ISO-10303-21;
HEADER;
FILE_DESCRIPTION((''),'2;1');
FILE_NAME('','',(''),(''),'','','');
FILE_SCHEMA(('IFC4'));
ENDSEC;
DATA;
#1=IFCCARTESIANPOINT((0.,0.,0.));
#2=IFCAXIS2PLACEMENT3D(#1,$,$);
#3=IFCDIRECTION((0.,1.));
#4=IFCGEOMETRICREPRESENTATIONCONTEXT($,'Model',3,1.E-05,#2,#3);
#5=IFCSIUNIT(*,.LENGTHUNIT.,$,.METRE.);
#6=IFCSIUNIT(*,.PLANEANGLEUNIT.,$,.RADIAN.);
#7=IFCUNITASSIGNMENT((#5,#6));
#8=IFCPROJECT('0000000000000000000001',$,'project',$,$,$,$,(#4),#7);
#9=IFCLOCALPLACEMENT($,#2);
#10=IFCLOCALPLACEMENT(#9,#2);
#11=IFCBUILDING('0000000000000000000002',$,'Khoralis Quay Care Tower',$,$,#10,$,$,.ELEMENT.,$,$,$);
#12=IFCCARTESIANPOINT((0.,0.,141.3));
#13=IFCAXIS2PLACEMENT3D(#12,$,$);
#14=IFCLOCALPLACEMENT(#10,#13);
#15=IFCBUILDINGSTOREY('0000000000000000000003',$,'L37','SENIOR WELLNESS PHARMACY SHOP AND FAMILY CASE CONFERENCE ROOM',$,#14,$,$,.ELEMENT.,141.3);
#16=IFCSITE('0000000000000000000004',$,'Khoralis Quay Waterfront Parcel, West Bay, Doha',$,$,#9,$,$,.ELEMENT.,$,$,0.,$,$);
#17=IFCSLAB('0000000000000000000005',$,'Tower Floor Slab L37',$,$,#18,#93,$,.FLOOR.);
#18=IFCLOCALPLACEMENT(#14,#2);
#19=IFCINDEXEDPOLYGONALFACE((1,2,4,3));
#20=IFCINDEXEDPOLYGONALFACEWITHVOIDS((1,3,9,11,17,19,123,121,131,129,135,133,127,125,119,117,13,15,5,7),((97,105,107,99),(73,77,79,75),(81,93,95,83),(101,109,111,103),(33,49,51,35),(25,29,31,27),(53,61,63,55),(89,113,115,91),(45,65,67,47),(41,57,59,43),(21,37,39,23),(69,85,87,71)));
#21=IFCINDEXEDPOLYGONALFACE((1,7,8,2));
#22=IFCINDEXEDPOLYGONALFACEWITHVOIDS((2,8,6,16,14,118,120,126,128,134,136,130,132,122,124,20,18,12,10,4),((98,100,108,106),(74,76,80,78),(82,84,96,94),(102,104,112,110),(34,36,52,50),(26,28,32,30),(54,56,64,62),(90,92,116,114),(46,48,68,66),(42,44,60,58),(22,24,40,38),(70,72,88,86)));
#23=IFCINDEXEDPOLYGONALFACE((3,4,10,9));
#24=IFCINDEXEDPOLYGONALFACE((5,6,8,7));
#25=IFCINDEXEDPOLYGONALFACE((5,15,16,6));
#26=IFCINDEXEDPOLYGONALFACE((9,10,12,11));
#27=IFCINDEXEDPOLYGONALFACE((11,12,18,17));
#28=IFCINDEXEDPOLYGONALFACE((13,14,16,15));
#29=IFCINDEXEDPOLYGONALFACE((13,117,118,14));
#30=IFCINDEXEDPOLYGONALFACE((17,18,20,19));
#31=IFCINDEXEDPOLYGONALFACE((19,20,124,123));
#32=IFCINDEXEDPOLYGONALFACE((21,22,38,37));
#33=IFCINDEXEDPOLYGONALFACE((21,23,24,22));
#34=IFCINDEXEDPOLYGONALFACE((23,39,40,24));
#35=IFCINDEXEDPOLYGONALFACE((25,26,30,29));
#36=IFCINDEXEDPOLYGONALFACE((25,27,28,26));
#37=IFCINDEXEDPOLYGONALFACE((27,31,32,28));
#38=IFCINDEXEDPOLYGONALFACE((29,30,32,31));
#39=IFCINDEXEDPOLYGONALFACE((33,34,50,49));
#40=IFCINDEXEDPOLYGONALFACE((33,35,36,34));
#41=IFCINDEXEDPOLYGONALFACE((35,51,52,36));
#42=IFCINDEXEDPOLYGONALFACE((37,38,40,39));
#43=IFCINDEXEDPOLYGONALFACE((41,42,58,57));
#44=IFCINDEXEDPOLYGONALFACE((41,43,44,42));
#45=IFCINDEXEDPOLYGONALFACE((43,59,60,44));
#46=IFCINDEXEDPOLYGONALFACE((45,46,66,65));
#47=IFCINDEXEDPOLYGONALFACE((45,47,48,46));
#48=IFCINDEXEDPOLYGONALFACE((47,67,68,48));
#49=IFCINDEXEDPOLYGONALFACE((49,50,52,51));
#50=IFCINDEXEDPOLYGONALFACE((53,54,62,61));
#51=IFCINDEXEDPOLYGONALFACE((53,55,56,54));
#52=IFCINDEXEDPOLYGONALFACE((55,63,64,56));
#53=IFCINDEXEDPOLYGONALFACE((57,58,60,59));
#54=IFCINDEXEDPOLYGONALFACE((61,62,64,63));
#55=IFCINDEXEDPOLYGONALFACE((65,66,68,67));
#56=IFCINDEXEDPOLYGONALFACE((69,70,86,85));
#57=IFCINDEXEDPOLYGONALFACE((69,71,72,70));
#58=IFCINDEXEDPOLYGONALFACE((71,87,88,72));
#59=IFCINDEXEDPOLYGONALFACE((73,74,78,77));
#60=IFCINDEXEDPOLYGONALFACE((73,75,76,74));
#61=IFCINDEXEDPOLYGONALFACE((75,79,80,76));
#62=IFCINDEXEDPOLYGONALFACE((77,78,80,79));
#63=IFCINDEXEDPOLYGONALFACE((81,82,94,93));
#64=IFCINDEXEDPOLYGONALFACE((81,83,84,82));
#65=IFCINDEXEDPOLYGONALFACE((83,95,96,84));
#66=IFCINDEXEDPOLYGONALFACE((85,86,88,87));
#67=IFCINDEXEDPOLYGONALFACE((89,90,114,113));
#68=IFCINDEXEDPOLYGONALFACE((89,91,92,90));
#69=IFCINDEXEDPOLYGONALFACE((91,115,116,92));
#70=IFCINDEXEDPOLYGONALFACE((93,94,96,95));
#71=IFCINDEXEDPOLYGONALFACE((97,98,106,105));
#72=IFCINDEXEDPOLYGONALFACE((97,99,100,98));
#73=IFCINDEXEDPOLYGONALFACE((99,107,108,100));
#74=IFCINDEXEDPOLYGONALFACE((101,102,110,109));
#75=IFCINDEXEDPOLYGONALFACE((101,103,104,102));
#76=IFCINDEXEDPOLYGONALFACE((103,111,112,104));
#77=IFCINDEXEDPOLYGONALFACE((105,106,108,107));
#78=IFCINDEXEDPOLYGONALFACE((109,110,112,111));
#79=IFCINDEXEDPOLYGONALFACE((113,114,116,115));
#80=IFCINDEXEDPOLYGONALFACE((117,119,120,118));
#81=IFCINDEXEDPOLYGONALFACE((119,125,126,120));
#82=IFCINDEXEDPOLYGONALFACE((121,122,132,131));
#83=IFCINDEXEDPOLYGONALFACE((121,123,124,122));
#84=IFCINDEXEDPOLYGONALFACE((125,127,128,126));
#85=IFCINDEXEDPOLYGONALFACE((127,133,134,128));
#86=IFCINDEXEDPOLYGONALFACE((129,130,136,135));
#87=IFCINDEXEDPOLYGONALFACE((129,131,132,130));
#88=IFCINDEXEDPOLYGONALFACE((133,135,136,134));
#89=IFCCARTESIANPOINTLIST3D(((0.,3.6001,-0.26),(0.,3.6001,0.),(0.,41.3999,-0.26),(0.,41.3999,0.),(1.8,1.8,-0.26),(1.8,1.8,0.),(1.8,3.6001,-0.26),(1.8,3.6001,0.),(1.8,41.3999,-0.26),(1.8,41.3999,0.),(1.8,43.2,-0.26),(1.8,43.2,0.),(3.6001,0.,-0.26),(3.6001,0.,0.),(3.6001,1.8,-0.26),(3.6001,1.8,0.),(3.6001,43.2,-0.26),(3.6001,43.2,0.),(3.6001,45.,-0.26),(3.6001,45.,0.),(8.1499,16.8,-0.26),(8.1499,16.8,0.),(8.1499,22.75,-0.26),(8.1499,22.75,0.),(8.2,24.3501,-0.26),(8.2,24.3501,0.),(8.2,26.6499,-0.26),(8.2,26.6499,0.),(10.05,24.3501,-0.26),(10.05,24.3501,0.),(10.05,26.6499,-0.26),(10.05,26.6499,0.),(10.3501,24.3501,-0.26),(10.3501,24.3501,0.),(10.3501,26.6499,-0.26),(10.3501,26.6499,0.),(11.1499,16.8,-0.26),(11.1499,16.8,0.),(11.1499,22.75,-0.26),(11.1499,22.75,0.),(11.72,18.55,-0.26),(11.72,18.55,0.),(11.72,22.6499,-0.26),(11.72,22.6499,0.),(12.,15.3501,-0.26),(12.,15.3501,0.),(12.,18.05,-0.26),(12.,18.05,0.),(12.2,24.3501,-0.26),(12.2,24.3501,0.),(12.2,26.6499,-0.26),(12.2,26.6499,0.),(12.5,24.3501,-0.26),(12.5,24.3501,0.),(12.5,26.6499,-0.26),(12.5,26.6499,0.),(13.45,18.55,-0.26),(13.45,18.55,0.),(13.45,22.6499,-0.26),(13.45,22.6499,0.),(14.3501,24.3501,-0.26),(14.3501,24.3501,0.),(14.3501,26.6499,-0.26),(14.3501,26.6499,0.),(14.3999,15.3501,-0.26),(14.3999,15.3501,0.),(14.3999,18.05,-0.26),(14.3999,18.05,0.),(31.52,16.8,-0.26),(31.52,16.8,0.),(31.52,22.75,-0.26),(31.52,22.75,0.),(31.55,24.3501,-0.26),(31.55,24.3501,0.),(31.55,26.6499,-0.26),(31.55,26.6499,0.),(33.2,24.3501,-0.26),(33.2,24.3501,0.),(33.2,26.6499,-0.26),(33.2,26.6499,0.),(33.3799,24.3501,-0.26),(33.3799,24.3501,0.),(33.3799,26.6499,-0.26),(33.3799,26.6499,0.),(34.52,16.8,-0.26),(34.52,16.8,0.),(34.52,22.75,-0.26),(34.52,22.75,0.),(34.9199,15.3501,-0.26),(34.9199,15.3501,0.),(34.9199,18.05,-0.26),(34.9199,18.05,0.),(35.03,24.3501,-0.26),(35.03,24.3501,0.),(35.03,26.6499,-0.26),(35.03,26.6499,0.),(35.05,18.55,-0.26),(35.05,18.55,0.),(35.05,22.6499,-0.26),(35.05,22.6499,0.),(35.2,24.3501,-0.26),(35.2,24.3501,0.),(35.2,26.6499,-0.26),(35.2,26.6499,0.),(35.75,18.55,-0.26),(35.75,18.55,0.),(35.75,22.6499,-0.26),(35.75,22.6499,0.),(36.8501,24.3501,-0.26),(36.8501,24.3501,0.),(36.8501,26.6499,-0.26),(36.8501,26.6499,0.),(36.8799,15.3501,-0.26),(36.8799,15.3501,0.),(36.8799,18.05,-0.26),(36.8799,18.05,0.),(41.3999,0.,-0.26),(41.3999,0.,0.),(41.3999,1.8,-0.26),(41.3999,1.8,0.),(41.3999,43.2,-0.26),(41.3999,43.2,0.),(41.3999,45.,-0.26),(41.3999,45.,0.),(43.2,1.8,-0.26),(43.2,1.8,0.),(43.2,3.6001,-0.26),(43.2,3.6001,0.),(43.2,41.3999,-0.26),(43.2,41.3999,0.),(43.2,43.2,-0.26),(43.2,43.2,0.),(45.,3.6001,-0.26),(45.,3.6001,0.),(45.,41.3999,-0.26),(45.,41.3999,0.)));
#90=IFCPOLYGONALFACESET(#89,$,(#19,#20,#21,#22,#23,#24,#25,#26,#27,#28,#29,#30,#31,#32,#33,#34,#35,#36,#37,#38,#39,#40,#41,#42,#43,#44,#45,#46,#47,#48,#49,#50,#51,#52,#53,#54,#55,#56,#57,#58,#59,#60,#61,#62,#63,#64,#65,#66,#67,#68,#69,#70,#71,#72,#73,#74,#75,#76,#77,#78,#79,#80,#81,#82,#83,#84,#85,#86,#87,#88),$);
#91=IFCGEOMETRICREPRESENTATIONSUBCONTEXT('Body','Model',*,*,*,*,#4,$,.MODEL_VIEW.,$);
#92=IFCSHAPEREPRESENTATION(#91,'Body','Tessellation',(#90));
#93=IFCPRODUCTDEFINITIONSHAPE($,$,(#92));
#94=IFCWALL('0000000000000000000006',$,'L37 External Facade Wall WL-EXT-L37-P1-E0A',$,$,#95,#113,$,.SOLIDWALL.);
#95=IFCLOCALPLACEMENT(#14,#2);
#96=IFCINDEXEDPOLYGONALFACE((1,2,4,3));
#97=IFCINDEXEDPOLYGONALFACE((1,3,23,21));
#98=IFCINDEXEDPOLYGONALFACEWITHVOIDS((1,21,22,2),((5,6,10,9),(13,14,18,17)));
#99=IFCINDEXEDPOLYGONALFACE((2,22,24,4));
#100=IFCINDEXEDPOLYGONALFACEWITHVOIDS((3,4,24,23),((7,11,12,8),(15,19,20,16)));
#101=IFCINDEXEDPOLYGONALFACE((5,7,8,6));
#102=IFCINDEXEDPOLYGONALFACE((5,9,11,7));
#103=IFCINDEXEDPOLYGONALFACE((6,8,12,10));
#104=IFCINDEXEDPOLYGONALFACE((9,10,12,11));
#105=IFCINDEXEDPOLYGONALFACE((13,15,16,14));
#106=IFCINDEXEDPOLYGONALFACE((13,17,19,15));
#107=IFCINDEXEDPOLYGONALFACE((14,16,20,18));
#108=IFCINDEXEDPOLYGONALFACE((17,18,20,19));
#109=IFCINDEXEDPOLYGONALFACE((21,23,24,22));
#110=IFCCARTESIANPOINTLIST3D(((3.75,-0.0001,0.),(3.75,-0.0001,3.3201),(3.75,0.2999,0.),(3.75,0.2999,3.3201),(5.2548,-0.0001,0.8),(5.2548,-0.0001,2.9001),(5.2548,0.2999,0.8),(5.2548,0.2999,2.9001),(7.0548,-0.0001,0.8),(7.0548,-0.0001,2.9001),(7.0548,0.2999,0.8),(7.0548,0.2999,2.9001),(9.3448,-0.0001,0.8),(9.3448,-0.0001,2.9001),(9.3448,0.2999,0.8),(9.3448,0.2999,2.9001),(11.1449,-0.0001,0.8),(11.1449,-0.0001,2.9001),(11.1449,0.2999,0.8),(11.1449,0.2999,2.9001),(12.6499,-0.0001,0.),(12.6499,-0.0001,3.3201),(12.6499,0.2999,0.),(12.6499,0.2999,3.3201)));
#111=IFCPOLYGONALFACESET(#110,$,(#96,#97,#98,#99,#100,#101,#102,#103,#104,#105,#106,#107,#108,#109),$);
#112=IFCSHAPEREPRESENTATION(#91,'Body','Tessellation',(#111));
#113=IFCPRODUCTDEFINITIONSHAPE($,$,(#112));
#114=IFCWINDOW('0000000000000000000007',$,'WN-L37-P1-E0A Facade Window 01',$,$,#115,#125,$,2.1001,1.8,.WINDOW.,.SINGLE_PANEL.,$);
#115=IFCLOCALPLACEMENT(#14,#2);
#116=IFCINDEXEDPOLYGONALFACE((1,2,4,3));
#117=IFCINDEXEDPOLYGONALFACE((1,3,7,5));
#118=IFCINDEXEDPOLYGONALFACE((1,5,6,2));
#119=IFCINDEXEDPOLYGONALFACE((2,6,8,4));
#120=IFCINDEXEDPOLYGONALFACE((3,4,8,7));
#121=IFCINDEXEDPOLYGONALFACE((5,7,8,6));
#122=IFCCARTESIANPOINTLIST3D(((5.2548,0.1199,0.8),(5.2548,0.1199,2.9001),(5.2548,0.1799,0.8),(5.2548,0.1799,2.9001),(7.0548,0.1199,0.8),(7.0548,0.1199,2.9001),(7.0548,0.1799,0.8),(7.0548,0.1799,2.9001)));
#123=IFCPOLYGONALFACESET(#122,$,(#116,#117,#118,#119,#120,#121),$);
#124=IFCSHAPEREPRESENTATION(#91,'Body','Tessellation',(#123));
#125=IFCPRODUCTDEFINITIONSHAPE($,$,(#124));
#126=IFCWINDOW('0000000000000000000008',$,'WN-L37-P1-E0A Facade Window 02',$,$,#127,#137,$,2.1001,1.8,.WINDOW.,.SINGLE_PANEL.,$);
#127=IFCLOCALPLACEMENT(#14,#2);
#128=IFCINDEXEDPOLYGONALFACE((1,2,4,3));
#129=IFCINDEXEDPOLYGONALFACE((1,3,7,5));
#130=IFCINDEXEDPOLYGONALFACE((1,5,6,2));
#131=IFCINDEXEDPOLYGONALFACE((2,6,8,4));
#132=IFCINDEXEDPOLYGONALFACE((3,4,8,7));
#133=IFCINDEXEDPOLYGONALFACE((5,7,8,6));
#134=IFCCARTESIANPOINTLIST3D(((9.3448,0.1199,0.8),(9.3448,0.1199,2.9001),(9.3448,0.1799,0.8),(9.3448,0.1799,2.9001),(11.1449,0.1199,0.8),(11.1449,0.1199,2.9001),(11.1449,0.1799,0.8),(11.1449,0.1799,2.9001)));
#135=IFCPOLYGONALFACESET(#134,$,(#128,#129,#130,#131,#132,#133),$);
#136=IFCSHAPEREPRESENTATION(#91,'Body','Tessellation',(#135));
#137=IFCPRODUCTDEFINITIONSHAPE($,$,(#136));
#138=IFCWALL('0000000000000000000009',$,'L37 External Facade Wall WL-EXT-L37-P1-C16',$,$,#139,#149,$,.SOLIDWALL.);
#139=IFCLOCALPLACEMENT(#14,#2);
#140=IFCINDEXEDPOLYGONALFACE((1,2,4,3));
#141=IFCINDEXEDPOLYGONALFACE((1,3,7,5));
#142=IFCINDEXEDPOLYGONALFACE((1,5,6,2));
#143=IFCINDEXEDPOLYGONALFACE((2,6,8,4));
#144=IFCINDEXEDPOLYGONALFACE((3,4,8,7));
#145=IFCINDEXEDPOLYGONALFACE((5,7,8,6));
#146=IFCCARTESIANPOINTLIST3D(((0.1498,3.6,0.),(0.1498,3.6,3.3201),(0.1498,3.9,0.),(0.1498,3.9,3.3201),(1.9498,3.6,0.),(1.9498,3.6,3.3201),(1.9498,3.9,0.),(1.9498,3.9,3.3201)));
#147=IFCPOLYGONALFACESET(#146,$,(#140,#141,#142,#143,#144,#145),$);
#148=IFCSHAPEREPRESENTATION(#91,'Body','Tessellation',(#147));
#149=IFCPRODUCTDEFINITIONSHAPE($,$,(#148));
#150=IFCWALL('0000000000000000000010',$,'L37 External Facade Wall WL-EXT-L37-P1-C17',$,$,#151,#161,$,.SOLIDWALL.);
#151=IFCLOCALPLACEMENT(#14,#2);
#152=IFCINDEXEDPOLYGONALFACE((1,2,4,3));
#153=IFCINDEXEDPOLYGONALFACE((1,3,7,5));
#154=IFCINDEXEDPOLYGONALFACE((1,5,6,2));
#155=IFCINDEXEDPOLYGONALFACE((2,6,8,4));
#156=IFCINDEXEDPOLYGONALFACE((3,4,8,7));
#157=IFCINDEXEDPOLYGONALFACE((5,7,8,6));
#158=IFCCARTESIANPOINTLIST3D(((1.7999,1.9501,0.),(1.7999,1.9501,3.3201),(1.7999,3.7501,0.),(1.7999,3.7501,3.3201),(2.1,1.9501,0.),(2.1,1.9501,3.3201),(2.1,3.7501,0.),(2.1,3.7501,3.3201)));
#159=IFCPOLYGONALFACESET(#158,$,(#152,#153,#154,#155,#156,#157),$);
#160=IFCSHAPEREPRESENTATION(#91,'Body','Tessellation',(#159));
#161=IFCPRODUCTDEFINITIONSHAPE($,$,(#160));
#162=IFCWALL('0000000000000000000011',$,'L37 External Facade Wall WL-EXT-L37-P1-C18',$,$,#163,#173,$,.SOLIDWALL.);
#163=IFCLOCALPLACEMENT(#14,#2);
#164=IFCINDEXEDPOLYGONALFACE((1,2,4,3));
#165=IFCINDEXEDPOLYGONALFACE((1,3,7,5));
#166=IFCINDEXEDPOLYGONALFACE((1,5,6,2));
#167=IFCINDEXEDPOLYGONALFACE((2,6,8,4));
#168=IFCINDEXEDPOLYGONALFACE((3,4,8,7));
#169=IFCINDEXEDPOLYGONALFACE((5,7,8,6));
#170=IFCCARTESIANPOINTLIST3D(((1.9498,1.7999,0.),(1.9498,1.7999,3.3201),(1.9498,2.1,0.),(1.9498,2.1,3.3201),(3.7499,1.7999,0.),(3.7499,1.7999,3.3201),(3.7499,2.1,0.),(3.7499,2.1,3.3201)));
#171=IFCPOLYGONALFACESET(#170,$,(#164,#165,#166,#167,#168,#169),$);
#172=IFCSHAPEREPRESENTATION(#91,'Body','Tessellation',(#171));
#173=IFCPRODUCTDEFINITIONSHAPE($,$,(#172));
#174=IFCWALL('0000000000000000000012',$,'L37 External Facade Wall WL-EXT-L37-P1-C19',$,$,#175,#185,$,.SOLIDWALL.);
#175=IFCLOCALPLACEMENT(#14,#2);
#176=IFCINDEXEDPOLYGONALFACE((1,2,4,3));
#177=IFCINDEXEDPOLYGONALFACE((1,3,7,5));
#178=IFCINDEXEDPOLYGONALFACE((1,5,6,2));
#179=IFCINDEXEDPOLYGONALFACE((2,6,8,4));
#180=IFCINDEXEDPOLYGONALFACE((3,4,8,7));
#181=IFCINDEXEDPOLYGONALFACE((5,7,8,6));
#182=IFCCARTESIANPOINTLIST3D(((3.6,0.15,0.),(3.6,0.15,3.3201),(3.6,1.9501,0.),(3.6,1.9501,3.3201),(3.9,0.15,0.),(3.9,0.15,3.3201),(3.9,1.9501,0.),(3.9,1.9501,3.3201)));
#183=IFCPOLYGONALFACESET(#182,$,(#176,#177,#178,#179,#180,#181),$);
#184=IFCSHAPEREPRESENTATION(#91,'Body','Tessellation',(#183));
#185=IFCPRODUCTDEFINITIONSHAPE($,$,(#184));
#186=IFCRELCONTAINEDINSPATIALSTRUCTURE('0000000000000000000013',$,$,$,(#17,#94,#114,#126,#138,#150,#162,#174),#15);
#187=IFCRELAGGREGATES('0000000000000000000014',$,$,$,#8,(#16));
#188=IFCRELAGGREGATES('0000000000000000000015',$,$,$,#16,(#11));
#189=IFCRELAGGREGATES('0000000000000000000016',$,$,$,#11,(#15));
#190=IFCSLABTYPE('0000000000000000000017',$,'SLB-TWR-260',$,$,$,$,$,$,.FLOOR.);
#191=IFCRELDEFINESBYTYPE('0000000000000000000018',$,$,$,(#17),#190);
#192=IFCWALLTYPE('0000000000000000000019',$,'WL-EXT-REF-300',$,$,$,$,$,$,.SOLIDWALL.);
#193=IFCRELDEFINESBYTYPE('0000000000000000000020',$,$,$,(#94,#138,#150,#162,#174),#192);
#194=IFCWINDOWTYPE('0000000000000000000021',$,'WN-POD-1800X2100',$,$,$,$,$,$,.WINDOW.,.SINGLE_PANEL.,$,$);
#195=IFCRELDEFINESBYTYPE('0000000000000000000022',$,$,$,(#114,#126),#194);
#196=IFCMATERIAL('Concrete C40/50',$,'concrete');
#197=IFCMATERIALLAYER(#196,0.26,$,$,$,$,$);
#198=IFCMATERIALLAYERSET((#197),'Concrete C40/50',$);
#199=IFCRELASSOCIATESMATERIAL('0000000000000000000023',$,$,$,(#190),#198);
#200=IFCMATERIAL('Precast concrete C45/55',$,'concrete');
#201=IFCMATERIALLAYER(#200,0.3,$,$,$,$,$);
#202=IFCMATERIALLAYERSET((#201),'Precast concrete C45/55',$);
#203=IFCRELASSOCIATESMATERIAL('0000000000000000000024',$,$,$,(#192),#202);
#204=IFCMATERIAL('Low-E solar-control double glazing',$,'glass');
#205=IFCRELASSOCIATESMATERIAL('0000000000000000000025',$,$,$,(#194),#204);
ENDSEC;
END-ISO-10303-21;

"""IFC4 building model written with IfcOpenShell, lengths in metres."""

from ifc_helpers import new_model, si_unit, direction, frame, frame_2d, origin, place, context, subcontext, project, spatial, polyline, rectangle, outline, extrude, source, transform, mapped, material, layer, layer_set, type_object, element, fill, save


model = new_model("IFC4")

# Units and contexts
model_context = context("Model", 3, precision=1e-05, world=origin(), true_north=direction((0.0, 1.0)))
body_context = subcontext(model_context, "Body", "Model", "MODEL_VIEW")
ifc_project = project(units=[si_unit("LENGTHUNIT", "METRE"), si_unit("PLANEANGLEUNIT", "RADIAN")], contexts=[model_context])

# Site, building, storey
site_placement = place(None, origin())
site = spatial("IfcSite", under=ifc_project, at=site_placement, Name="Khoralis Quay Waterfront Parcel, West Bay, Doha", CompositionType="ELEMENT", RefElevation=0.0)
building_placement = place(site_placement, origin())
building = spatial("IfcBuilding", under=site, at=building_placement, Name="Khoralis Quay Care Tower", CompositionType="ELEMENT")
storey_placement = place(building_placement, frame((0.0, 0.0, 141.3)))
storey = spatial("IfcBuildingStorey", under=building, at=storey_placement, Name="L37", Description="SENIOR WELLNESS PHARMACY SHOP AND FAMILY CASE CONFERENCE ROOM", CompositionType="ELEMENT", Elevation=141.3)

# Shared definitions
ifc_material_1 = material(Name="Precast concrete C45/55", Category="concrete")

# Slab
ifc_material_2 = material(Name="Concrete C40/50", Category="concrete")
ifc_layer_1 = layer(ifc_material_2, 0.26)
ifc_layer_set_1 = layer_set([ifc_layer_1], Name="Concrete C40/50")
slab_type_1 = type_object("IfcSlabType", Name="SLB-TWR-260", PredefinedType="FLOOR", material=ifc_layer_set_1)
slab_1_placement = place(storey_placement, frame((0.0, 0.0, -0.26)))
element("IfcSlab", 1, at=slab_1_placement, inside=storey, type_object=slab_type_1, Name="Tower Floor Slab L37", PredefinedType="FLOOR", context=body_context, shape_type="SweptSolid", body=[
    extrude(outline(polyline([(3.6001, 0.0), (41.3999, 0.0), (41.3999, 1.8), (43.2, 1.8), (43.2, 3.6001), (45.0, 3.6001), (45.0, 41.3999), (43.2, 41.3999), (43.2, 43.2), (41.3999, 43.2), (41.3999, 45.0), (3.6001, 45.0), (3.6001, 43.2), (1.8, 43.2), (1.8, 41.3999), (0.0, 41.3999), (0.0, 3.6001), (1.8, 3.6001), (1.8, 1.8), (3.6001, 1.8), (3.6001, 0.0)]), holes=[polyline([(11.1499, 16.8), (11.1499, 22.75), (8.1499, 22.75), (8.1499, 16.8), (11.1499, 16.8)]), polyline([(34.52, 16.8), (34.52, 22.75), (31.52, 22.75), (31.52, 16.8), (34.52, 16.8)]), polyline([(12.0, 15.3501), (14.3999, 15.3501), (14.3999, 18.05), (12.0, 18.05), (12.0, 15.3501)]), polyline([(34.9199, 15.3501), (36.8799, 15.3501), (36.8799, 18.05), (34.9199, 18.05), (34.9199, 15.3501)]), polyline([(8.2, 24.3501), (10.05, 24.3501), (10.05, 26.6499), (8.2, 26.6499), (8.2, 24.3501)]), polyline([(31.55, 24.3501), (33.2, 24.3501), (33.2, 26.6499), (31.55, 26.6499), (31.55, 24.3501)]), polyline([(10.3501, 24.3501), (12.2, 24.3501), (12.2, 26.6499), (10.3501, 26.6499), (10.3501, 24.3501)]), polyline([(33.3799, 24.3501), (35.03, 24.3501), (35.03, 26.6499), (33.3799, 26.6499), (33.3799, 24.3501)]), polyline([(12.5, 24.3501), (14.3501, 24.3501), (14.3501, 26.6499), (12.5, 26.6499), (12.5, 24.3501)]), polyline([(35.2, 24.3501), (36.8501, 24.3501), (36.8501, 26.6499), (35.2, 26.6499), (35.2, 24.3501)]), polyline([(11.72, 18.55), (13.45, 18.55), (13.45, 22.6499), (11.72, 22.6499), (11.72, 18.55)]), polyline([(35.05, 18.55), (35.75, 18.55), (35.75, 22.6499), (35.05, 22.6499), (35.05, 18.55)])]), origin(), (0.0, 0.0, 1.0), 0.26),
])

# Wall, openings, windows
ifc_layer_2 = layer(ifc_material_1, 0.3)
ifc_layer_set_2 = layer_set([ifc_layer_2], Name="Precast concrete C45/55")
wall_type_1 = type_object("IfcWallType", Name="WL-EXT-REF-300", PredefinedType="SOLIDWALL", material=ifc_layer_set_2)
wall_1_placement = place(storey_placement, frame((3.75, 0.1499, 0.0), z_axis=(0.0, 0.0, 1.0), x_axis=(1.0, 0.0, 0.0)))
wall_1 = element("IfcWall", 2, at=wall_1_placement, inside=storey, type_object=wall_type_1, Name="L37 External Facade Wall WL-EXT-L37-P1-E0A", PredefinedType="SOLIDWALL", context=body_context, shape_type="SweptSolid", body=[
    extrude(rectangle(XDim=8.8999, YDim=0.3, at=frame_2d((4.45, 0.0))), origin(), (0.0, 0.0, 1.0), 3.3201),
])
opening_1_placement = place(wall_1_placement, frame((1.5049, 0.0, 0.8)))
opening_1 = element("IfcOpeningElement", 3, at=opening_1_placement, cuts=wall_1, PredefinedType="OPENING", context=body_context, shape_type="SweptSolid", body=[
    extrude(rectangle(XDim=1.8, YDim=2.1001, at=frame_2d((0.8999, 1.05))), frame((0.0, 0.1602, 0.0), z_axis=(0.0, -1.0, 0.0), x_axis=(1.0, 0.0, 0.0)), (0.0, 0.0, 1.0), 0.3201),
])
opening_2_placement = place(wall_1_placement, frame((5.595, 0.0, 0.8)))
opening_2 = element("IfcOpeningElement", 4, at=opening_2_placement, cuts=wall_1, PredefinedType="OPENING", context=body_context, shape_type="SweptSolid", body=[
    extrude(rectangle(XDim=1.8, YDim=2.1001, at=frame_2d((0.8999, 1.05))), frame((0.0, 0.1602, 0.0), z_axis=(0.0, -1.0, 0.0), x_axis=(1.0, 0.0, 0.0)), (0.0, 0.0, 1.0), 0.3201),
])
ifc_material_3 = material(Name="Low-E solar-control double glazing", Category="glass")
window_type = type_object("IfcWindowType", Name="WN-POD-1800X2100", PartitioningType="SINGLE_PANEL", PredefinedType="WINDOW", material=ifc_material_3)
shared_shape_1 = source(origin(), body_context, "Body", "SweptSolid", [
    extrude(rectangle(XDim=1.8, YDim=2.1001, at=frame_2d((0.8999, 1.05))), frame((0.0, 0.03, 0.0), z_axis=(0.0, -1.0, 0.0), x_axis=(1.0, 0.0, 0.0)), (0.0, 0.0, 1.0), 0.0601),
])
window_1_placement = place(opening_1_placement, origin())
window_1 = element("IfcWindow", 5, at=window_1_placement, inside=storey, type_object=window_type, Name="WN-L37-P1-E0A Facade Window 01", OverallHeight=2.1001, OverallWidth=1.8, PartitioningType="SINGLE_PANEL", PredefinedType="WINDOW", context=body_context, shape_type="MappedRepresentation", body=[
    mapped(shared_shape_1, transform((0.0, 0.0, 0.0), scale=1.0)),
])
fill(opening_1, window_1)
window_2_placement = place(opening_2_placement, origin())
window_2 = element("IfcWindow", 6, at=window_2_placement, inside=storey, type_object=window_type, Name="WN-L37-P1-E0A Facade Window 02", OverallHeight=2.1001, OverallWidth=1.8, PartitioningType="SINGLE_PANEL", PredefinedType="WINDOW", context=body_context, shape_type="MappedRepresentation", body=[
    mapped(shared_shape_1, transform((0.0, 0.0, 0.0), scale=1.0)),
])
fill(opening_2, window_2)

# Walls
for number, where, z_axis, x_axis, name in (
    (7, (0.1499, 3.75, 0.0), (0.0, 0.0, 1.0), (1.0, 0.0, 0.0), "L37 External Facade Wall WL-EXT-L37-P1-C16"),
    (8, (1.95, 3.75, 0.0), (0.0, 0.0, 1.0), (0.0, -1.0, 0.0), "L37 External Facade Wall WL-EXT-L37-P1-C17"),
    (9, (1.95, 1.95, 0.0), (0.0, 0.0, 1.0), (1.0, 0.0, 0.0), "L37 External Facade Wall WL-EXT-L37-P1-C18"),
    (10, (3.75, 1.95, 0.0), (0.0, 0.0, 1.0), (0.0, -1.0, 0.0), "L37 External Facade Wall WL-EXT-L37-P1-C19"),
):
    element("IfcWall", number, at=place(storey_placement, frame(where, z_axis=z_axis, x_axis=x_axis)), inside=storey, type_object=wall_type_1, Name=name, PredefinedType="SOLIDWALL", context=body_context, shape_type="SweptSolid", body=[
        extrude(rectangle(XDim=1.8, YDim=0.3, at=frame_2d((0.8999, 0.0))), origin(), (0.0, 0.0, 1.0), 3.3201),
    ])

save(model, "model.ifc")
